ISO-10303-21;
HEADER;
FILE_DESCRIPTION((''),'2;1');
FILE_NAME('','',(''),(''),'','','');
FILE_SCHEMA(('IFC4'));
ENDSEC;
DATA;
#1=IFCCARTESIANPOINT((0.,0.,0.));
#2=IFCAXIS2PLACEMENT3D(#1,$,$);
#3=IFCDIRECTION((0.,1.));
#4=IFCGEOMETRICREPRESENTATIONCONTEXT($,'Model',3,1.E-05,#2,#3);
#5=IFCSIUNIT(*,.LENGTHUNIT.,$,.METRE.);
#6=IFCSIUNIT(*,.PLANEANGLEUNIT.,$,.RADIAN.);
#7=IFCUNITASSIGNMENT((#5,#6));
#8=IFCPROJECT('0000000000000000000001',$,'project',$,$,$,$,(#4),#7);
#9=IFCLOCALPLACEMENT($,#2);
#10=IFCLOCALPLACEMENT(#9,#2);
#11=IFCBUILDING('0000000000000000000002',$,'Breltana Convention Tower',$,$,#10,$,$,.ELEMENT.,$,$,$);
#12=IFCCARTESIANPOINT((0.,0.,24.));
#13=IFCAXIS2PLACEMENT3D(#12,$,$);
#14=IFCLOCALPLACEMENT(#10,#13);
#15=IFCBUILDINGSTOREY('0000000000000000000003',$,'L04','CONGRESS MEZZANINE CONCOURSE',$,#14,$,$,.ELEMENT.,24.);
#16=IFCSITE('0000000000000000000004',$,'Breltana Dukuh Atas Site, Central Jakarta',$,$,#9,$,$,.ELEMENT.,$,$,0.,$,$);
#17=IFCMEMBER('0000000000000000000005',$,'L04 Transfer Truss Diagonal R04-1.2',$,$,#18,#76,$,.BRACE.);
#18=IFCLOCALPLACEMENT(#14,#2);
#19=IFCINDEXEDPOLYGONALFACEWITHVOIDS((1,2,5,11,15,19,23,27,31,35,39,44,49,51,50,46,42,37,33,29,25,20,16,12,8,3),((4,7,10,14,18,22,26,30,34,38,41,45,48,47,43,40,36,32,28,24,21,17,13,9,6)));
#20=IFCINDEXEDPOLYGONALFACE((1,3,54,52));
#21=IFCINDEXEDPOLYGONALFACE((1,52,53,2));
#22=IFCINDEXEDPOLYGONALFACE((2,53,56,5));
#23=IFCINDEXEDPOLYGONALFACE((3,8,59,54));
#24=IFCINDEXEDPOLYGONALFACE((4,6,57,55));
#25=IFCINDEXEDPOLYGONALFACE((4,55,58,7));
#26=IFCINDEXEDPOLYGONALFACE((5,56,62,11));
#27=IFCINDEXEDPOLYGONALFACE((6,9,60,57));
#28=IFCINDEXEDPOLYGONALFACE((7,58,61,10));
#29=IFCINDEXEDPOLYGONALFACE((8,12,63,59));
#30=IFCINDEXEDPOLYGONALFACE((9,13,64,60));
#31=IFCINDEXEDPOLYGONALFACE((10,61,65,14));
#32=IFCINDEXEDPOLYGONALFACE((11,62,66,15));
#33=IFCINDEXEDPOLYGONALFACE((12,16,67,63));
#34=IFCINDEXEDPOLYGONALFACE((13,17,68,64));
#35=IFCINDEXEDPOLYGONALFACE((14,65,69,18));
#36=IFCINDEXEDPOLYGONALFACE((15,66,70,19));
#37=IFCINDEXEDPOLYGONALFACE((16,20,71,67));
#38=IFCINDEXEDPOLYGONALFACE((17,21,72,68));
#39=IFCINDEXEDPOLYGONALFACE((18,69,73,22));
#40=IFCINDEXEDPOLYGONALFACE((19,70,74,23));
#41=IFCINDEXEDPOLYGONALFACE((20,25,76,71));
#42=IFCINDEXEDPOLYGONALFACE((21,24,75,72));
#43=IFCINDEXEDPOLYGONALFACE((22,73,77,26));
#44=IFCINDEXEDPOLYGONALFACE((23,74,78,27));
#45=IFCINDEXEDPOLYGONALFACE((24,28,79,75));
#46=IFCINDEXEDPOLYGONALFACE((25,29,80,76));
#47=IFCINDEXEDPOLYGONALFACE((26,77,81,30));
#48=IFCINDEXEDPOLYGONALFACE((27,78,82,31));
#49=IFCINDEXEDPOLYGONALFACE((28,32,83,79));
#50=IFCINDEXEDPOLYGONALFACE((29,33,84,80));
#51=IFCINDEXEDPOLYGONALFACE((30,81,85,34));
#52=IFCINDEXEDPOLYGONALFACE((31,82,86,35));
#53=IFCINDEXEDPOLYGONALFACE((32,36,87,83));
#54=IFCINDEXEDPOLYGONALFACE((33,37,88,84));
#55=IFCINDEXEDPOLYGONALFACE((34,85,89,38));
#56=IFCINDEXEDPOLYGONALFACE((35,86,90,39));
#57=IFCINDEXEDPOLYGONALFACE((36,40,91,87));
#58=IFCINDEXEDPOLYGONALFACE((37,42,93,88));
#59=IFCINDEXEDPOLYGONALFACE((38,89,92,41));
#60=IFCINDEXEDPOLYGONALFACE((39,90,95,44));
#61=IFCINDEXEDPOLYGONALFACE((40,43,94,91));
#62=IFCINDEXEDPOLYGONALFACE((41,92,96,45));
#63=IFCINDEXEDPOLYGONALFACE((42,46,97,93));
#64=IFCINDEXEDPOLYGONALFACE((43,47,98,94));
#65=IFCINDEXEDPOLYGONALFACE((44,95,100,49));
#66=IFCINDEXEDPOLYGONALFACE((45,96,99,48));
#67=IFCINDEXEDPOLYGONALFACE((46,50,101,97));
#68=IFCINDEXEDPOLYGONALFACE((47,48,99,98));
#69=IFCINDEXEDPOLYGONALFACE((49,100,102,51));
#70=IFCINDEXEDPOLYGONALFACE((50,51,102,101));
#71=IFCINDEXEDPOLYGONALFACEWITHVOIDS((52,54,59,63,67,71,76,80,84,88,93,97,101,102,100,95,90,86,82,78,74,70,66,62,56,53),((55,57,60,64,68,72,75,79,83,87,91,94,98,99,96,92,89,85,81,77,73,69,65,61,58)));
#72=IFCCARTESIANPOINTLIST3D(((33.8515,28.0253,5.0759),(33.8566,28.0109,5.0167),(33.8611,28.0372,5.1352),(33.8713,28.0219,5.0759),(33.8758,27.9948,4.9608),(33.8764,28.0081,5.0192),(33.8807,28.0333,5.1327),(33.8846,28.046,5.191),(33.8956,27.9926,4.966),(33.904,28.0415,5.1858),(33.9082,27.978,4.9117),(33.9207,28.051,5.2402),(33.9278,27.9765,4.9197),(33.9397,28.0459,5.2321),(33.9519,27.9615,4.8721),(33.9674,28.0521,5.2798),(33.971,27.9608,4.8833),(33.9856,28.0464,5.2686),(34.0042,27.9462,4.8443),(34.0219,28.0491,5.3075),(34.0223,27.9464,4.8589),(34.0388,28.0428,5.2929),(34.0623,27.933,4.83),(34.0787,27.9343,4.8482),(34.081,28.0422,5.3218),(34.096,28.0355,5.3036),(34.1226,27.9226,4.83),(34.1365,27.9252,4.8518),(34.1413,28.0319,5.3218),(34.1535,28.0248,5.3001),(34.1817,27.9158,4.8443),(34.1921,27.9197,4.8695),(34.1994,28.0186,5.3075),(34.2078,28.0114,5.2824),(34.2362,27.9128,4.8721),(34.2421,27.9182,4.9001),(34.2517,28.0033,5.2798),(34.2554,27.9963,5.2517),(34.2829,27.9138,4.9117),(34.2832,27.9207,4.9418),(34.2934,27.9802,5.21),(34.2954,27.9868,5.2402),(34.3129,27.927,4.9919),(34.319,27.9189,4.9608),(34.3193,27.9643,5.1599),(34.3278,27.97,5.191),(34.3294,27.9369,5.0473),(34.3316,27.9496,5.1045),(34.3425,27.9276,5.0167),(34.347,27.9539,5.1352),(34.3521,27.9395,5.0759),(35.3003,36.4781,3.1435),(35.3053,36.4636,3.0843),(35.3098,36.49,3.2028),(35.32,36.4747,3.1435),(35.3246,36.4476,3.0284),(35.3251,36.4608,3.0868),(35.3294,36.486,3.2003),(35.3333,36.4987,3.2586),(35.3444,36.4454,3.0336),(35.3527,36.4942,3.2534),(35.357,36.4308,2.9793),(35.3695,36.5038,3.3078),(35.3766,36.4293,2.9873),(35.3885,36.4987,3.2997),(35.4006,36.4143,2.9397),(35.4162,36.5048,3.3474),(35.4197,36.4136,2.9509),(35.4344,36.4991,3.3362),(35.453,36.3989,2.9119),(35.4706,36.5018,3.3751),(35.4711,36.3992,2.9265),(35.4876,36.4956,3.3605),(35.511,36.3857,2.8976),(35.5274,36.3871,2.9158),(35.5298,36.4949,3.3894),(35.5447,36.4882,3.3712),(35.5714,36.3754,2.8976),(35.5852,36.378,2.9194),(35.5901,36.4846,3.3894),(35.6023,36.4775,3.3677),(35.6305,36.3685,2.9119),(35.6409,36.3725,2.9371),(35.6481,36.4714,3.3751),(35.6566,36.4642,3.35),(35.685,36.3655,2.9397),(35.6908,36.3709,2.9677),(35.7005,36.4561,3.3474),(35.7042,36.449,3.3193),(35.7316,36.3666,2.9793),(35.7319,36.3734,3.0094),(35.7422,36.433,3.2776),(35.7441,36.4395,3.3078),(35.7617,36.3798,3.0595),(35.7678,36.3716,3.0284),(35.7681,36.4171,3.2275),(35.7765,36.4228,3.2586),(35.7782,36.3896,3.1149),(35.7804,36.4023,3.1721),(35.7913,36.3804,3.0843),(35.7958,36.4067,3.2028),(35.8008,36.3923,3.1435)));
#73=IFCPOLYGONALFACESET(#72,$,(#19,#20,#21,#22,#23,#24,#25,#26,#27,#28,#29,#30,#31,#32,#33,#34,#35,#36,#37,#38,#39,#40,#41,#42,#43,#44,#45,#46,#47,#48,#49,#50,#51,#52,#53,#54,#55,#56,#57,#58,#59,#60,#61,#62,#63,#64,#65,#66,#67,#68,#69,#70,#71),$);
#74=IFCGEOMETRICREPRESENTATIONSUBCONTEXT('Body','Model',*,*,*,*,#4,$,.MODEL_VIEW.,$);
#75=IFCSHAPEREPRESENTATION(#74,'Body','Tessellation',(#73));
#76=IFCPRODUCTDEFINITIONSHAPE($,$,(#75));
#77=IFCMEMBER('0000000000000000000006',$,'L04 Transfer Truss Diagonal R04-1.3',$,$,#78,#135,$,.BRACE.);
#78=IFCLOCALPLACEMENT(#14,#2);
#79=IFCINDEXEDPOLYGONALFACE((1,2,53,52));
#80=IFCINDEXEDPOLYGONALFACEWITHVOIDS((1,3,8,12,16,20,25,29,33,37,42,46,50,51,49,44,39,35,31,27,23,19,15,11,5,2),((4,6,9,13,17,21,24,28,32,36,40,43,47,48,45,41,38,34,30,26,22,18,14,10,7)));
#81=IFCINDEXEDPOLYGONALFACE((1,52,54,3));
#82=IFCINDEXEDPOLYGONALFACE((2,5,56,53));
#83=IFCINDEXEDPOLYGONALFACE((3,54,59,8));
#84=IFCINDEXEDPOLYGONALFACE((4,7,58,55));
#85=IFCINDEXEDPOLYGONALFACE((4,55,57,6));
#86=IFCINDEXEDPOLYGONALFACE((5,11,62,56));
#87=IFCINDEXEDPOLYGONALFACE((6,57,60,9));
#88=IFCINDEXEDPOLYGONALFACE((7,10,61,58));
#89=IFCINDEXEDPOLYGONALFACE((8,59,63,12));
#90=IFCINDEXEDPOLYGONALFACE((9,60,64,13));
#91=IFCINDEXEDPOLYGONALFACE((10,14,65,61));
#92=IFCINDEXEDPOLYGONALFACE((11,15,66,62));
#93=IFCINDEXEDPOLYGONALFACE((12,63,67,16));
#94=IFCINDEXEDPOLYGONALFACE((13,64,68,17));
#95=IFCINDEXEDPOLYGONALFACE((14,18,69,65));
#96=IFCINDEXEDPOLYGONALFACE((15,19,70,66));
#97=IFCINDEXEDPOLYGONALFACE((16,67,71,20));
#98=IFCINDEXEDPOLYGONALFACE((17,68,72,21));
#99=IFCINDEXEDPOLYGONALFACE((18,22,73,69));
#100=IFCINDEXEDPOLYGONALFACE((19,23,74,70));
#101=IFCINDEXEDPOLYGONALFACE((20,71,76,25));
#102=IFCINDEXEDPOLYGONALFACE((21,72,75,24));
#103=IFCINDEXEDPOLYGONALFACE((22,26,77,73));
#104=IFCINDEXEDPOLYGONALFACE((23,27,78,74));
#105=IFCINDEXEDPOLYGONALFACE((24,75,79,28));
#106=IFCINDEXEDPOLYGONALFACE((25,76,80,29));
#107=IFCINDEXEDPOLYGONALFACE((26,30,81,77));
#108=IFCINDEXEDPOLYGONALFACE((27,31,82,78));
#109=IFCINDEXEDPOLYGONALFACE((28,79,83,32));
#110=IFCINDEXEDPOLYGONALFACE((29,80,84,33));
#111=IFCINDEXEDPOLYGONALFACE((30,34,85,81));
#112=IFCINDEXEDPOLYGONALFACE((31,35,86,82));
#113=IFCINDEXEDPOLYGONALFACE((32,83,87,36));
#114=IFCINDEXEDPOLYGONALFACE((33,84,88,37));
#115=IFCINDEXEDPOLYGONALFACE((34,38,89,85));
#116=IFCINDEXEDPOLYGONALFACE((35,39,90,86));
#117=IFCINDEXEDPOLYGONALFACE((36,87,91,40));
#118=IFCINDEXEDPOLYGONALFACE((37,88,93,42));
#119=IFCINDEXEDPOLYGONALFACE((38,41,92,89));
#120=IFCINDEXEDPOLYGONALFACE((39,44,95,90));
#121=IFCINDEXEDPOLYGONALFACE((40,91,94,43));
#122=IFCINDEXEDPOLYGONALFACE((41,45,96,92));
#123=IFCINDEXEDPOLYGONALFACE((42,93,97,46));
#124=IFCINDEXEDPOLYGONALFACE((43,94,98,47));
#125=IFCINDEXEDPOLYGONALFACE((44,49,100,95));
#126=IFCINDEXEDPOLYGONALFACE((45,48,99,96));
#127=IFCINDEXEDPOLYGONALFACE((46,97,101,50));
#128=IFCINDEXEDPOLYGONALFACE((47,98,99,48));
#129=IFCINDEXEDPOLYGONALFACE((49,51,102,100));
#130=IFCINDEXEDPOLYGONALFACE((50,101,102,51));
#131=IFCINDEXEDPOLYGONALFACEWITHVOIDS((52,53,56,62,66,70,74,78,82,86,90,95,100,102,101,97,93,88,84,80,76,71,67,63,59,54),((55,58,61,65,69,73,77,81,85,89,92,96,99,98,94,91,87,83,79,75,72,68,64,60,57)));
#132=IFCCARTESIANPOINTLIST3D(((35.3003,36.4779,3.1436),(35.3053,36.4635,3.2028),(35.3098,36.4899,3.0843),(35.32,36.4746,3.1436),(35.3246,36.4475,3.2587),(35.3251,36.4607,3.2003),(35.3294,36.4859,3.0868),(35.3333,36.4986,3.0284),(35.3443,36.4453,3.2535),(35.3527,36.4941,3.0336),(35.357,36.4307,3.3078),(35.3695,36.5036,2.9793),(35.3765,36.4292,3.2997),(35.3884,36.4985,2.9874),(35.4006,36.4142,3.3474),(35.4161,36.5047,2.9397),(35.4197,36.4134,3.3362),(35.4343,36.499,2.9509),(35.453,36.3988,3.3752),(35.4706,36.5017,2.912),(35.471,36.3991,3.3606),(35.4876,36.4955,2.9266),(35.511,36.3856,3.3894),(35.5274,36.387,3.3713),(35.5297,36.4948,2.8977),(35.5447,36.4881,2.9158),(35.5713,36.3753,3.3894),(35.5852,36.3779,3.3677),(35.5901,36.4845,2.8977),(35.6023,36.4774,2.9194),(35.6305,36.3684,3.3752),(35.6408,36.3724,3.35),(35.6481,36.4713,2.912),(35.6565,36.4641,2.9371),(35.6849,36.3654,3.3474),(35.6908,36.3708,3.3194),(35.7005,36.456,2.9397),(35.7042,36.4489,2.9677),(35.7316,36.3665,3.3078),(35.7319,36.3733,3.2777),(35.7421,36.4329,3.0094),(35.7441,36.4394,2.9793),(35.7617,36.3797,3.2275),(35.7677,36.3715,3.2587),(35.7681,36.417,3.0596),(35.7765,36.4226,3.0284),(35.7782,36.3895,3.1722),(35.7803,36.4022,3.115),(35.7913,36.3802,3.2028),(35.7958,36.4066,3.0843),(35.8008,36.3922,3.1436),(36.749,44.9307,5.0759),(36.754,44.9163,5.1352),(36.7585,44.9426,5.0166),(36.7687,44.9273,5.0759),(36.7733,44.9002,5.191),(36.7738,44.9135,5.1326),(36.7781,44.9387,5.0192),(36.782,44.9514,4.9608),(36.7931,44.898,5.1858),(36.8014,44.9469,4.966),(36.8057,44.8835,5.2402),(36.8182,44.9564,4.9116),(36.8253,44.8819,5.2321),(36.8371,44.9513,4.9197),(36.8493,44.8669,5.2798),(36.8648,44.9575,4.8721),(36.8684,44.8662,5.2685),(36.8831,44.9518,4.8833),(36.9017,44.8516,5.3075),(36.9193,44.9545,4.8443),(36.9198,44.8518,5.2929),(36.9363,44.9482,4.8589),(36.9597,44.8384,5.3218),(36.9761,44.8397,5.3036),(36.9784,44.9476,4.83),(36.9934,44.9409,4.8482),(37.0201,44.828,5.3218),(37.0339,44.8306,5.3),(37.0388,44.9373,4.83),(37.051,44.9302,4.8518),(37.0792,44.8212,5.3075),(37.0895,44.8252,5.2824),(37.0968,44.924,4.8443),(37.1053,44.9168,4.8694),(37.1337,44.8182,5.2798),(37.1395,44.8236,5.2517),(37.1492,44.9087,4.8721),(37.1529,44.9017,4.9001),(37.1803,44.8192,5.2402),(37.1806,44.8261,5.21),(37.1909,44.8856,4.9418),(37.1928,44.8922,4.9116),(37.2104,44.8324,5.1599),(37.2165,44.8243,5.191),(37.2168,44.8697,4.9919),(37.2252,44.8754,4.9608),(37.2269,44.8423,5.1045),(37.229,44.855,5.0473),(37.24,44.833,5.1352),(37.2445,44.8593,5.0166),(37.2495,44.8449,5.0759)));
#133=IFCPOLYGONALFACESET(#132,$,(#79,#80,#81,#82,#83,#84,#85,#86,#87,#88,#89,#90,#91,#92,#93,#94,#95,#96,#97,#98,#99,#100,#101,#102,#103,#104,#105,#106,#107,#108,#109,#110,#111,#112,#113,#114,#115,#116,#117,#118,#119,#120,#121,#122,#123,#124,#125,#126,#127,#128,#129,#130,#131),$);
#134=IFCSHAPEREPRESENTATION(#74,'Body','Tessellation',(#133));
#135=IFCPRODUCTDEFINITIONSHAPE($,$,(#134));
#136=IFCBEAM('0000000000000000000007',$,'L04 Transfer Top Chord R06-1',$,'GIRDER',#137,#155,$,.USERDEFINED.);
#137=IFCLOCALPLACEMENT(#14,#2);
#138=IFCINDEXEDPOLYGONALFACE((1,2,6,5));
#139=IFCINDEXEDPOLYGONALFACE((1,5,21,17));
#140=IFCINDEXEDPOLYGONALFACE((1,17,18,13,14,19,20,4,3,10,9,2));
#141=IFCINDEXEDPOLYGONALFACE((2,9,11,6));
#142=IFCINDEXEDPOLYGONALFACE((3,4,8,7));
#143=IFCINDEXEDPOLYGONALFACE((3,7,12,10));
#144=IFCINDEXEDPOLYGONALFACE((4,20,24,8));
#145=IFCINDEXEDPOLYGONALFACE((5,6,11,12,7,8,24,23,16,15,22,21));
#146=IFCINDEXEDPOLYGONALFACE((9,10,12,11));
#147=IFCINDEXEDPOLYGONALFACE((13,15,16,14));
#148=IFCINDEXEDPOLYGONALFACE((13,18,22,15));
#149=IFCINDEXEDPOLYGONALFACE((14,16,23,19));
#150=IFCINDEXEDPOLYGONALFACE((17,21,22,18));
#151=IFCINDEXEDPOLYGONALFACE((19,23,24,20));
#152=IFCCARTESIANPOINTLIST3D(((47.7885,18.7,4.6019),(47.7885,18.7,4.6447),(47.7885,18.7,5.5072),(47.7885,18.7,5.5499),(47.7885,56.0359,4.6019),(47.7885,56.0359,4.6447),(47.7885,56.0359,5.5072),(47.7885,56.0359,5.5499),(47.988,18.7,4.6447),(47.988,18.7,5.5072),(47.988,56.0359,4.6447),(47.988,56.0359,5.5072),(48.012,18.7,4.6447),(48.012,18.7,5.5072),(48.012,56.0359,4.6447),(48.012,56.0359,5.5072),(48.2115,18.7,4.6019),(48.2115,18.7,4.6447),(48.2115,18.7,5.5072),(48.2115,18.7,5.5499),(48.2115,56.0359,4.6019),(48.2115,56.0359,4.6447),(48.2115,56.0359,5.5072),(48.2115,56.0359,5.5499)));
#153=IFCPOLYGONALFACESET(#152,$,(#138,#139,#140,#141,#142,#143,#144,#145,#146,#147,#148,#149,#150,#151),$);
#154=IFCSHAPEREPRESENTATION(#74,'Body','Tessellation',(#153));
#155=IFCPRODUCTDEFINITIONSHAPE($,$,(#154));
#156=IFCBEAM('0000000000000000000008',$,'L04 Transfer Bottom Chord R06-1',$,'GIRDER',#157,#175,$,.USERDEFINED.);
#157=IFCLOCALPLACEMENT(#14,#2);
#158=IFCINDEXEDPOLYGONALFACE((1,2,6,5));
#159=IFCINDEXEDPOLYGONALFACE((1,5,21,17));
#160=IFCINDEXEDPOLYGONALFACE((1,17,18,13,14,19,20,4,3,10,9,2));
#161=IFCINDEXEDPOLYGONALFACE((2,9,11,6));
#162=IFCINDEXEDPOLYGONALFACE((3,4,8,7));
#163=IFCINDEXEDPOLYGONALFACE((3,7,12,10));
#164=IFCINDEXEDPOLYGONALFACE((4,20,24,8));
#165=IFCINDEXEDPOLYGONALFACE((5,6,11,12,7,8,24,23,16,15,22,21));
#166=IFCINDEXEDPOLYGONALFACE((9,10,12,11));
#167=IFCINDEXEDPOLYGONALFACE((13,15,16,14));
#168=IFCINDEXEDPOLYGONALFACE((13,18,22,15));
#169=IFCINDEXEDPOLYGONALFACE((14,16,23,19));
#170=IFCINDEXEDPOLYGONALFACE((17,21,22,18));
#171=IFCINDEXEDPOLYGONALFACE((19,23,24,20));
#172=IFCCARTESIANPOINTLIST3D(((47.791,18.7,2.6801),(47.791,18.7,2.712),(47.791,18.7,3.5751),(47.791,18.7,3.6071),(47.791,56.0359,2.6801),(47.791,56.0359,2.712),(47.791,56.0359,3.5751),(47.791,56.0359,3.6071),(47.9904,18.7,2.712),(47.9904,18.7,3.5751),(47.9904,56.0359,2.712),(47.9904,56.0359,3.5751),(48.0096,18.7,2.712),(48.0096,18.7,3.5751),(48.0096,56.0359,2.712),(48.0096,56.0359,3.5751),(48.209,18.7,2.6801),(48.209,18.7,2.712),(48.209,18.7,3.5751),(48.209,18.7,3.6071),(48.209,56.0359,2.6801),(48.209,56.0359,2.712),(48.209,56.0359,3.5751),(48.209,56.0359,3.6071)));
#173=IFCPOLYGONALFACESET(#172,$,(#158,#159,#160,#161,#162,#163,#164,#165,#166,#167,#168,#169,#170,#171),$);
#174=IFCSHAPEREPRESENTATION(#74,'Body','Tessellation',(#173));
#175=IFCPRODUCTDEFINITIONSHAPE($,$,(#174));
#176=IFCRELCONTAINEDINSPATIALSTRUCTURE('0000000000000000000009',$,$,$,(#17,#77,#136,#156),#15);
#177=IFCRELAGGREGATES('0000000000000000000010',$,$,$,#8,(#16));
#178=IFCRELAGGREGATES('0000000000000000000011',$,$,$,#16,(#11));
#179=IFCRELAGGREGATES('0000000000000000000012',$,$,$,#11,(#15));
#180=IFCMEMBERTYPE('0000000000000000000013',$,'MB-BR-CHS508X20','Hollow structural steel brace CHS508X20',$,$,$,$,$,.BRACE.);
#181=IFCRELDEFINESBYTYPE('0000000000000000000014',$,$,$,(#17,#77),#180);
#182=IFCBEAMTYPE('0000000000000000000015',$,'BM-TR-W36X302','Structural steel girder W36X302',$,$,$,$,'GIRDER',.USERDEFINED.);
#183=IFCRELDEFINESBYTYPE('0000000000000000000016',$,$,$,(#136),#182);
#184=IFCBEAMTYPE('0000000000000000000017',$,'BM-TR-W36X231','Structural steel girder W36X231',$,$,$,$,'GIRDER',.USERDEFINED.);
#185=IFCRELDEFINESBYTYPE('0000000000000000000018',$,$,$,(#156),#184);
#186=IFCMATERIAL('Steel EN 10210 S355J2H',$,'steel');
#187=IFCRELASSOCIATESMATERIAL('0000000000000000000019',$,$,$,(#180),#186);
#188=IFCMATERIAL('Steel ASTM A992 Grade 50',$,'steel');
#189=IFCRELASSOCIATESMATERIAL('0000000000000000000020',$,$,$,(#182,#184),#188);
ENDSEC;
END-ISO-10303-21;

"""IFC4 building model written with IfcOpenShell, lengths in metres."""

from ifc_helpers import new_model, si_unit, direction, frame, origin, origin_2d, place, context, subcontext, project, spatial, hollow_circle, i_section, extrude, source, transform, mapped, material, material_profile, profile_set, type_object, element, save


model = new_model("IFC4")

# Units and contexts
model_context = context("Model", 3, precision=1e-05, world=origin(), true_north=direction((0.0, 1.0)))
body_context = subcontext(model_context, "Body", "Model", "MODEL_VIEW")
ifc_project = project(units=[si_unit("LENGTHUNIT", "METRE"), si_unit("PLANEANGLEUNIT", "RADIAN")], contexts=[model_context])

# Site, building, storey
site_placement = place(None, origin())
site = spatial("IfcSite", under=ifc_project, at=site_placement, Name="Breltana Dukuh Atas Site, Central Jakarta", CompositionType="ELEMENT", RefElevation=0.0)
building_placement = place(site_placement, origin())
building = spatial("IfcBuilding", under=site, at=building_placement, Name="Breltana Convention Tower", CompositionType="ELEMENT")
storey_placement = place(building_placement, frame((0.0, 0.0, 24.0)))
storey = spatial("IfcBuildingStorey", under=building, at=storey_placement, Name="L04", Description="CONGRESS MEZZANINE CONCOURSE", CompositionType="ELEMENT", Elevation=24.0)

# Members
ifc_material_1 = material(Name="Steel EN 10210 S355J2H", Category="steel")
ifc_material_profile_1 = material_profile(ifc_material_1, hollow_circle(Radius=0.2539, WallThickness=0.02, at=origin_2d()), Name="CHS508X20")
ifc_profile_set_1 = profile_set([ifc_material_profile_1], Name="Steel EN 10210 S355J2H")
member_type = type_object("IfcMemberType", Name="MB-BR-CHS508X20", Description="Hollow structural steel brace CHS508X20", PredefinedType="BRACE", material=ifc_profile_set_1)
shared_shape_1 = source(origin(), body_context, "Body", "SweptSolid", [
    extrude(hollow_circle(Radius=0.2539, WallThickness=0.02, at=origin_2d()), origin(), (0.0, 0.0, 1.0), 8.791),
])
for number, where, z_axis, x_axis, name in (
    (1, (34.1018, 27.9824, 5.0759), (0.164799, 0.961521, -0.219815), (-0.985628, 0.168931, 0.0), "L04 Transfer Truss Diagonal R04-1.2"),
    (2, (35.5505, 36.4351, 3.1436), (0.164794, 0.961523, 0.219809), (-0.985629, 0.168926, 0.0), "L04 Transfer Truss Diagonal R04-1.3"),
):
    element("IfcMember", number, at=place(storey_placement, frame(where, z_axis=z_axis, x_axis=x_axis)), inside=storey, type_object=member_type, Name=name, PredefinedType="BRACE", context=body_context, shape_type="MappedRepresentation", body=[
        mapped(shared_shape_1, transform((0.0, 0.0, 0.0), scale=1.0)),
    ])

# Beams
ifc_material_2 = material(Name="Steel ASTM A992 Grade 50", Category="steel")
ifc_material_profile_2 = material_profile(ifc_material_2, i_section(OverallWidth=0.4231, OverallDepth=0.948, WebThickness=0.0239, FlangeThickness=0.0427, at=origin_2d()), Name="W36X302")
ifc_profile_set_2 = profile_set([ifc_material_profile_2], Name="Steel ASTM A992 Grade 50")
beam_type_1 = type_object("IfcBeamType", Name="BM-TR-W36X302", Description="Structural steel girder W36X302", ElementType="GIRDER", PredefinedType="USERDEFINED", material=ifc_profile_set_2)
shared_shape_2 = source(origin(), body_context, "Body", "SweptSolid", [
    extrude(i_section(OverallWidth=0.4231, OverallDepth=0.948, WebThickness=0.0239, FlangeThickness=0.0427, at=origin_2d()), origin(), (0.0, 0.0, 1.0), 37.3359),
])
beam_1_placement = place(storey_placement, frame((48.0, 18.7, 5.0759), z_axis=(0.0, 1.0, 0.0), x_axis=(-1.0, 0.0, 0.0)))
element("IfcBeam", 3, at=beam_1_placement, inside=storey, type_object=beam_type_1, Name="L04 Transfer Top Chord R06-1", ObjectType="GIRDER", PredefinedType="USERDEFINED", context=body_context, shape_type="MappedRepresentation", body=[
    mapped(shared_shape_2, transform((0.0, 0.0, 0.0), scale=1.0)),
])
ifc_material_profile_3 = material_profile(ifc_material_2, i_section(OverallWidth=0.418, OverallDepth=0.927, WebThickness=0.0193, FlangeThickness=0.032, at=origin_2d()), Name="W36X231")
ifc_profile_set_3 = profile_set([ifc_material_profile_3], Name="Steel ASTM A992 Grade 50")
beam_type_2 = type_object("IfcBeamType", Name="BM-TR-W36X231", Description="Structural steel girder W36X231", ElementType="GIRDER", PredefinedType="USERDEFINED", material=ifc_profile_set_3)
shared_shape_3 = source(origin(), body_context, "Body", "SweptSolid", [
    extrude(i_section(OverallWidth=0.418, OverallDepth=0.927, WebThickness=0.0193, FlangeThickness=0.032, at=origin_2d()), origin(), (0.0, 0.0, 1.0), 37.3359),
])
beam_2_placement = place(storey_placement, frame((48.0, 18.7, 3.1436), z_axis=(0.0, 1.0, 0.0), x_axis=(-1.0, 0.0, 0.0)))
element("IfcBeam", 4, at=beam_2_placement, inside=storey, type_object=beam_type_2, Name="L04 Transfer Bottom Chord R06-1", ObjectType="GIRDER", PredefinedType="USERDEFINED", context=body_context, shape_type="MappedRepresentation", body=[
    mapped(shared_shape_3, transform((0.0, 0.0, 0.0), scale=1.0)),
])

save(model, "model.ifc")
